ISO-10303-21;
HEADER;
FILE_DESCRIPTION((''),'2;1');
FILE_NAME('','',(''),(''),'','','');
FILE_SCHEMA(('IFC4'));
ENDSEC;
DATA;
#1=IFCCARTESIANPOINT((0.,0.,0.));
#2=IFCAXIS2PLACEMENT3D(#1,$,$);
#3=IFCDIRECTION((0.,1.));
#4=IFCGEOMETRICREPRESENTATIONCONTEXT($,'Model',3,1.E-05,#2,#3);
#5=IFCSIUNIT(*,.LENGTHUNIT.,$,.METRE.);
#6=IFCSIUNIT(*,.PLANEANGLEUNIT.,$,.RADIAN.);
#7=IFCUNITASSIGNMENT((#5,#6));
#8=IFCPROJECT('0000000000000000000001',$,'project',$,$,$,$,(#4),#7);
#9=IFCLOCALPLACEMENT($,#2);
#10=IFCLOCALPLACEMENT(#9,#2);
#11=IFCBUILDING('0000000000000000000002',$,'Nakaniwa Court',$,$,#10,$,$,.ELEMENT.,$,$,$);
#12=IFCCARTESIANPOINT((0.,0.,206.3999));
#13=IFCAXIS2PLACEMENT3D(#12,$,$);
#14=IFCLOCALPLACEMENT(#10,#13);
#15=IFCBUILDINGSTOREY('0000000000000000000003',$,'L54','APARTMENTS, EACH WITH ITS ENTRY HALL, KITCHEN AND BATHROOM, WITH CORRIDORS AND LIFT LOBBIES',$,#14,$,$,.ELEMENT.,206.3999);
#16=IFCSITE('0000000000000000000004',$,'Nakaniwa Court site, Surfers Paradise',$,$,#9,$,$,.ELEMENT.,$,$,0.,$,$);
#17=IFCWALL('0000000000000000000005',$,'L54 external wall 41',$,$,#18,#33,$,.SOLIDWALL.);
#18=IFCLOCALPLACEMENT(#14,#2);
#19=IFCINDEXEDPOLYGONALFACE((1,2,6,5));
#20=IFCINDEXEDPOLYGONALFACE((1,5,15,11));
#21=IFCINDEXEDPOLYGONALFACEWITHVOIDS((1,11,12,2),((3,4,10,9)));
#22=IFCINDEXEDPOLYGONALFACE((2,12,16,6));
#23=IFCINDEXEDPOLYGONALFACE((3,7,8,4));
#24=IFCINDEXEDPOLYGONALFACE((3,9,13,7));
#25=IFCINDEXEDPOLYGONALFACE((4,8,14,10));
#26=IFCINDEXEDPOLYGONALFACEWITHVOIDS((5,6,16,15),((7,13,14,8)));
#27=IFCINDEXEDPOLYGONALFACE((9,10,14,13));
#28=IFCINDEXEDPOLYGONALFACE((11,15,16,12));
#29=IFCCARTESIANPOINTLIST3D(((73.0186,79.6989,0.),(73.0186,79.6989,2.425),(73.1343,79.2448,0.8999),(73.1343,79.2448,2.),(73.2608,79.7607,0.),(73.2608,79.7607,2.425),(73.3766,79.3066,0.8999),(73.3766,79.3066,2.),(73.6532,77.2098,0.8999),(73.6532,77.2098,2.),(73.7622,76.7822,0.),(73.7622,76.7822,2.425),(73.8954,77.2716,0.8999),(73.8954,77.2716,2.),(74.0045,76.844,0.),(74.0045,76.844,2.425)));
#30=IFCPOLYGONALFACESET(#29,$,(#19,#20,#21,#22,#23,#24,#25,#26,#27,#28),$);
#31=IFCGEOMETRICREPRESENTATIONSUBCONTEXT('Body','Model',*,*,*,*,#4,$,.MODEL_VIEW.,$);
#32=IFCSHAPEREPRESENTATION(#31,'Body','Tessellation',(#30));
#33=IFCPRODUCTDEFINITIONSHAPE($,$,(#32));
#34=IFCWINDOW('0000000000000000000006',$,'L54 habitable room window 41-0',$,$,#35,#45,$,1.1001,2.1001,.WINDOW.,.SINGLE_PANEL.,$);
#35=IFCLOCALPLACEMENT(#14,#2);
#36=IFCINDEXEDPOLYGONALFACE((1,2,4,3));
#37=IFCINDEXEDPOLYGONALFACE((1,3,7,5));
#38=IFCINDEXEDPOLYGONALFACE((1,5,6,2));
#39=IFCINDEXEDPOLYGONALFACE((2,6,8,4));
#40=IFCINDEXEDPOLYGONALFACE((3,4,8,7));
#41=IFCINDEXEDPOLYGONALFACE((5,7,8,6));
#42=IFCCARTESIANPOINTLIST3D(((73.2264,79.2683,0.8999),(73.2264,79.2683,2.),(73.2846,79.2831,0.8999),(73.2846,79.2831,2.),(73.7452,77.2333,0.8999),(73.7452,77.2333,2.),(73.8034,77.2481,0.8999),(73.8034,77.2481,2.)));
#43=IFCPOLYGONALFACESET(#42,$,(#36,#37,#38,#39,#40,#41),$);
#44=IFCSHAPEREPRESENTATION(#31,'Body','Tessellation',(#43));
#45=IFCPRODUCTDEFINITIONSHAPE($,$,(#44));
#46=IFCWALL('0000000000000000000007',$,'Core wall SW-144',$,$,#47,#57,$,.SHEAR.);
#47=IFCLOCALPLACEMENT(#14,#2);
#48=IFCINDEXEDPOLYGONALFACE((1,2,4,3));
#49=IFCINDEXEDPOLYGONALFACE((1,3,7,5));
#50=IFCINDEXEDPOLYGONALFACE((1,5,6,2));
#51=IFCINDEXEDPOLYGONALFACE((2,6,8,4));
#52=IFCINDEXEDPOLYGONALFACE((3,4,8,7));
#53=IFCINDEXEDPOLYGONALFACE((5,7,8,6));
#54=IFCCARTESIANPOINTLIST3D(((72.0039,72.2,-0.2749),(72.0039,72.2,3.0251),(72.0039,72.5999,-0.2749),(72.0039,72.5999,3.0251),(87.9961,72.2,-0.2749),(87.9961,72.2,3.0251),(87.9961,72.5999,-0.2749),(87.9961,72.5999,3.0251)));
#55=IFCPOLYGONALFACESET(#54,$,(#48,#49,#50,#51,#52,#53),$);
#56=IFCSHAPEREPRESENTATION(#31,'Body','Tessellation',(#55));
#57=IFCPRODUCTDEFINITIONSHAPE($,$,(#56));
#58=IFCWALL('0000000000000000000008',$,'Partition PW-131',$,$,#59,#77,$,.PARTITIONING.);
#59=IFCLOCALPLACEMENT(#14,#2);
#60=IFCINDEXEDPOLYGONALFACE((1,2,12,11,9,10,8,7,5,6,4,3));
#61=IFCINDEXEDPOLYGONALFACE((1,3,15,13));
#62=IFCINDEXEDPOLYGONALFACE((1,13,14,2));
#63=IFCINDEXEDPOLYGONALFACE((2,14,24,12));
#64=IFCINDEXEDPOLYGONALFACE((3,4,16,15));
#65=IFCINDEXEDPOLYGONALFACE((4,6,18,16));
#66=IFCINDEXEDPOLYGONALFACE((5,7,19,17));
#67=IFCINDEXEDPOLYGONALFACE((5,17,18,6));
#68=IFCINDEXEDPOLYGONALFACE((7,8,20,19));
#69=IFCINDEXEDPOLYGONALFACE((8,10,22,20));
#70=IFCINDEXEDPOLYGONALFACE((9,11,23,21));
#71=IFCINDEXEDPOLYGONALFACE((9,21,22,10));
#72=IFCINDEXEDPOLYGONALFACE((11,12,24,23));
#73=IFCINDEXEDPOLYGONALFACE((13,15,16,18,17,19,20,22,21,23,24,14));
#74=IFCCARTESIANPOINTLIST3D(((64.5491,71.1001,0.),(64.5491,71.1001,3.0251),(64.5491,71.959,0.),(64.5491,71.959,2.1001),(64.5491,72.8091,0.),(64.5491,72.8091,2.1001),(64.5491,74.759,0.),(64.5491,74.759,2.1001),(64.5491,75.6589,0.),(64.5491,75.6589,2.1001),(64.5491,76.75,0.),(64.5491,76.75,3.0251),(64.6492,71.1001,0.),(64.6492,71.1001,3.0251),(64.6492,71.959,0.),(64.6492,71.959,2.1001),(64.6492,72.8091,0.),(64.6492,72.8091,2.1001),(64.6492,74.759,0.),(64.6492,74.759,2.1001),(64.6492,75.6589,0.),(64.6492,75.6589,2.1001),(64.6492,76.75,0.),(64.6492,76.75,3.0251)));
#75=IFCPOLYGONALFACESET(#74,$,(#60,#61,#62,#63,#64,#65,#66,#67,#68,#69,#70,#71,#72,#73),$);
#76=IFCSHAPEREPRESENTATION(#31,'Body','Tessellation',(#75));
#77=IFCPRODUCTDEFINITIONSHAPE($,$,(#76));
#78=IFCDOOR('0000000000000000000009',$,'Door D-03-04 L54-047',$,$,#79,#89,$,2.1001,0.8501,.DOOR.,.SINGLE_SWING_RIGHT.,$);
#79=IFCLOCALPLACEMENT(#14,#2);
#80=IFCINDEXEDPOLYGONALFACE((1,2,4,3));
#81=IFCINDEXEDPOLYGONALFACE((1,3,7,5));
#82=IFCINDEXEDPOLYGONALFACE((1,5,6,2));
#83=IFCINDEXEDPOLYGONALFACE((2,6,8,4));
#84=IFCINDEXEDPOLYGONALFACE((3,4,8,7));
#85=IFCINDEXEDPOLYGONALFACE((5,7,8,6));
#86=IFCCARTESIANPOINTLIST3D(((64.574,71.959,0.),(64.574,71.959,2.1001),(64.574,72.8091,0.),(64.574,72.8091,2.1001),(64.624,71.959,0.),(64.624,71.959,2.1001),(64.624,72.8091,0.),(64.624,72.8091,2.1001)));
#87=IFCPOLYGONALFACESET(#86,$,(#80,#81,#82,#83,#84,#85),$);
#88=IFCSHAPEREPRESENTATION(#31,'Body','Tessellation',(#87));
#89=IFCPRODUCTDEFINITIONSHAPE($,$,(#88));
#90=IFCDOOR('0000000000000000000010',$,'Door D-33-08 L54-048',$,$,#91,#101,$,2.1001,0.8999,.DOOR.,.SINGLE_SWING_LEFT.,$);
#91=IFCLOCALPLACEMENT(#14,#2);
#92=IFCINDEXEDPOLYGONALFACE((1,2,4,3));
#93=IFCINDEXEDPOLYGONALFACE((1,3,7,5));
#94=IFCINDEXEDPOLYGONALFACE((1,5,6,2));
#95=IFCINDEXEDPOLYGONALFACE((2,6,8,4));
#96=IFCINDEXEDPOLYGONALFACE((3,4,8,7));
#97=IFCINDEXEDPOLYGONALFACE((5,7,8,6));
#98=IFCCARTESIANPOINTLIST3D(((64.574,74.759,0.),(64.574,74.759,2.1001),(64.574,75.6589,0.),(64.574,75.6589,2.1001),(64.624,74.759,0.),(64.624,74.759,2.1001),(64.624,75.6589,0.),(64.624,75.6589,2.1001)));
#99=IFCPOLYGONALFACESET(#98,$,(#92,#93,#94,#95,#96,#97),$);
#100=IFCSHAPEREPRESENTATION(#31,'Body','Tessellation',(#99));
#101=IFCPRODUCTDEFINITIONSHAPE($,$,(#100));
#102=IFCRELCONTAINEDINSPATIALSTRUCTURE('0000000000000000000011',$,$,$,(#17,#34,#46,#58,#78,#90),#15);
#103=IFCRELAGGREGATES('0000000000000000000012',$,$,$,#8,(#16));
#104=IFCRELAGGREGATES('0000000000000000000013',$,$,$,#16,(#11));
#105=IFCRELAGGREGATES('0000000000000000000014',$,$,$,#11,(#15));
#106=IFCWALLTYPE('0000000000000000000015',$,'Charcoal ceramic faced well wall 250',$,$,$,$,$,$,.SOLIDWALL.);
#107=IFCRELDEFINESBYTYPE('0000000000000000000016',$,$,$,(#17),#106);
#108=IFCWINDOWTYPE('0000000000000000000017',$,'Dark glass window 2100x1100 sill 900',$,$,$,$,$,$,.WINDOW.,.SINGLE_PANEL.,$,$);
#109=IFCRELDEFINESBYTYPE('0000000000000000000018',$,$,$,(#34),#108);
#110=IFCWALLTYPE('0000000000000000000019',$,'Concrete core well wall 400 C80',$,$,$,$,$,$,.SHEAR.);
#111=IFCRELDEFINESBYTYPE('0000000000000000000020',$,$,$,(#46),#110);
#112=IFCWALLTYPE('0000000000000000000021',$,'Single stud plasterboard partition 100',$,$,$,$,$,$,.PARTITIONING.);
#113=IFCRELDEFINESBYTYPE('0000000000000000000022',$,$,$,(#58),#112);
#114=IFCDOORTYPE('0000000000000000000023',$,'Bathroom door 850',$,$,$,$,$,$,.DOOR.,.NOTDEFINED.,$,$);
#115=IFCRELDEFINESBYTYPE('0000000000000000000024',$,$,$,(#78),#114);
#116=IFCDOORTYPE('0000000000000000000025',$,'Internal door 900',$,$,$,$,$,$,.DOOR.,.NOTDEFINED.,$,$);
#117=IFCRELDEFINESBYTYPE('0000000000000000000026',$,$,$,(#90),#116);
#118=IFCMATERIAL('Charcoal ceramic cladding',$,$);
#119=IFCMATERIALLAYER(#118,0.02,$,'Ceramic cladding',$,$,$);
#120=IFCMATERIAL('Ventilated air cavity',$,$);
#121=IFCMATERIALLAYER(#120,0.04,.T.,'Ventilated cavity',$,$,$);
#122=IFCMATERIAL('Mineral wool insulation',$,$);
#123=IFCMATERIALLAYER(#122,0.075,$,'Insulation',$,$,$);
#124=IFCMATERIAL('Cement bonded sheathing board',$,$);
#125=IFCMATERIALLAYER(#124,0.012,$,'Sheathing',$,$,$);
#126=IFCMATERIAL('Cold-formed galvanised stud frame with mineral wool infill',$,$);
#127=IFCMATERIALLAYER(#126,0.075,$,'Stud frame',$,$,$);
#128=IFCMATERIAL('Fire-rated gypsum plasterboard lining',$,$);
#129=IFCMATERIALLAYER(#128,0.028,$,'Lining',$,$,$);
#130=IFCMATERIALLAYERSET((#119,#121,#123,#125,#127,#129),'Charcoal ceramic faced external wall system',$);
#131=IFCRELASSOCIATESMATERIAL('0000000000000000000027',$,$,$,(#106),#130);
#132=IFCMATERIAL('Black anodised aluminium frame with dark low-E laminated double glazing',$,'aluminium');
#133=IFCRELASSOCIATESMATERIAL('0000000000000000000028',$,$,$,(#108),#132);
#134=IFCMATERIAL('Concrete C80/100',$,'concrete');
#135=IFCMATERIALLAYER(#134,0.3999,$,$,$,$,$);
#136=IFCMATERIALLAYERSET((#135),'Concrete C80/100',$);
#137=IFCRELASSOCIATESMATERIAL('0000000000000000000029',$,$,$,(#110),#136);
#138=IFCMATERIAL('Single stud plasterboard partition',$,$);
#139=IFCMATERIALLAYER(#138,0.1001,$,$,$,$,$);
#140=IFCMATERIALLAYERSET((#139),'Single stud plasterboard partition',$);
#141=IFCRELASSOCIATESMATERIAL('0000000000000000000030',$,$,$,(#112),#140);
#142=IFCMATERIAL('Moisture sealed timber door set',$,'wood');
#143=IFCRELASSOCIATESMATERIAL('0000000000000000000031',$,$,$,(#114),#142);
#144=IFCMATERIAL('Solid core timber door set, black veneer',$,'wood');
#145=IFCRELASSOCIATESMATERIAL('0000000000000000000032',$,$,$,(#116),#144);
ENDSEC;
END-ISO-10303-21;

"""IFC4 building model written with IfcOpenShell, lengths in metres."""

from ifc_helpers import new_model, si_unit, direction, frame, frame_2d, origin, place, context, subcontext, project, spatial, rectangle, extrude, material, layer, layer_set, type_object, element, fill, save


model = new_model("IFC4")

# Units and contexts
model_context = context("Model", 3, precision=1e-05, world=origin(), true_north=direction((0.0, 1.0)))
body_context = subcontext(model_context, "Body", "Model", "MODEL_VIEW")
ifc_project = project(units=[si_unit("LENGTHUNIT", "METRE"), si_unit("PLANEANGLEUNIT", "RADIAN")], contexts=[model_context])

# Site, building, storey
site_placement = place(None, origin())
site = spatial("IfcSite", under=ifc_project, at=site_placement, Name="Nakaniwa Court site, Surfers Paradise", CompositionType="ELEMENT", RefElevation=0.0)
building_placement = place(site_placement, origin())
building = spatial("IfcBuilding", under=site, at=building_placement, Name="Nakaniwa Court", CompositionType="ELEMENT")
storey_placement = place(building_placement, frame((0.0, 0.0, 206.3999)))
storey = spatial("IfcBuildingStorey", under=building, at=storey_placement, Name="L54", Description="APARTMENTS, EACH WITH ITS ENTRY HALL, KITCHEN AND BATHROOM, WITH CORRIDORS AND LIFT LOBBIES", CompositionType="ELEMENT", Elevation=206.3999)

# Shared definitions
ifc_material_1 = material(Name="Concrete C80/100", Category="concrete")

# Shared definitions
ifc_material_2 = material(Name="Solid core timber door set, black veneer", Category="wood")

# Wall, opening, window
ifc_material_3 = material(Name="Charcoal ceramic cladding")
ifc_layer_1 = layer(ifc_material_3, 0.02, Name="Ceramic cladding")
ifc_material_4 = material(Name="Ventilated air cavity")
ifc_layer_2 = layer(ifc_material_4, 0.04, ventilated=True, Name="Ventilated cavity")
ifc_material_5 = material(Name="Mineral wool insulation")
ifc_layer_3 = layer(ifc_material_5, 0.075, Name="Insulation")
ifc_material_6 = material(Name="Cement bonded sheathing board")
ifc_layer_4 = layer(ifc_material_6, 0.012, Name="Sheathing")
ifc_material_7 = material(Name="Cold-formed galvanised stud frame with mineral wool infill")
ifc_layer_5 = layer(ifc_material_7, 0.075, Name="Stud frame")
ifc_material_8 = material(Name="Fire-rated gypsum plasterboard lining")
ifc_layer_6 = layer(ifc_material_8, 0.028, Name="Lining")
ifc_layer_set_1 = layer_set([ifc_layer_1, ifc_layer_2, ifc_layer_3, ifc_layer_4, ifc_layer_5, ifc_layer_6], Name="Charcoal ceramic faced external wall system")
wall_type_1 = type_object("IfcWallType", Name="Charcoal ceramic faced well wall 250", PredefinedType="SOLIDWALL", material=ifc_layer_set_1)
ifc_material_9 = material(Name="Black anodised aluminium frame with dark low-E laminated double glazing", Category="aluminium")
window_type = type_object("IfcWindowType", Name="Dark glass window 2100x1100 sill 900", PartitioningType="SINGLE_PANEL", PredefinedType="WINDOW", material=ifc_material_9)
wall_1_placement = place(storey_placement, frame((73.8833, 76.8132, 0.0), z_axis=(0.0, 0.0, 1.0), x_axis=(-0.247056, 0.969001, 0.0)))
wall_1 = element("IfcWall", 1, at=wall_1_placement, inside=storey, type_object=wall_type_1, Name="L54 external wall 41", PredefinedType="SOLIDWALL", context=body_context, shape_type="SweptSolid", body=[
    extrude(rectangle(XDim=3.01, YDim=0.25, at=frame_2d((1.5049, 0.0))), origin(), (0.0, 0.0, 1.0), 2.425),
])
opening_1_placement = place(wall_1_placement, frame((0.4412, 0.0, 0.8999)))
opening_1 = element("IfcOpeningElement", 2, at=opening_1_placement, cuts=wall_1, PredefinedType="OPENING", context=body_context, shape_type="SweptSolid", body=[
    extrude(rectangle(XDim=2.1001, YDim=1.1001, at=frame_2d((1.05, 0.55))), frame((0.0, 0.135, 0.0), z_axis=(0.0, -1.0, 0.0), x_axis=(1.0, 0.0, 0.0)), (0.0, 0.0, 1.0), 0.27),
])
window_1_placement = place(opening_1_placement, origin())
window_1 = element("IfcWindow", 3, at=window_1_placement, inside=storey, type_object=window_type, Name="L54 habitable room window 41-0", OverallHeight=1.1001, OverallWidth=2.1001, PartitioningType="SINGLE_PANEL", PredefinedType="WINDOW", context=body_context, shape_type="SweptSolid", body=[
    extrude(rectangle(XDim=2.1001, YDim=1.1001, at=frame_2d((1.05, 0.55))), frame((0.0, 0.03, 0.0), z_axis=(0.0, -1.0, 0.0), x_axis=(1.0, 0.0, 0.0)), (0.0, 0.0, 1.0), 0.0601),
])
fill(opening_1, window_1)

# Wall
ifc_layer_7 = layer(ifc_material_1, 0.3999)
ifc_layer_set_2 = layer_set([ifc_layer_7], Name="Concrete C80/100")
wall_type_2 = type_object("IfcWallType", Name="Concrete core well wall 400 C80", PredefinedType="SHEAR", material=ifc_layer_set_2)
wall_2_placement = place(storey_placement, frame((72.0039, 72.3999, -0.2749), z_axis=(0.0, 0.0, 1.0), x_axis=(1.0, 0.0, 0.0)))
element("IfcWall", 4, at=wall_2_placement, inside=storey, type_object=wall_type_2, Name="Core wall SW-144", PredefinedType="SHEAR", context=body_context, shape_type="SweptSolid", body=[
    extrude(rectangle(XDim=15.9922, YDim=0.3999, at=frame_2d((7.9961, 0.0))), origin(), (0.0, 0.0, 1.0), 3.3),
])

# Wall, openings, doors
ifc_material_10 = material(Name="Single stud plasterboard partition")
ifc_layer_8 = layer(ifc_material_10, 0.1001)
ifc_layer_set_3 = layer_set([ifc_layer_8], Name="Single stud plasterboard partition")
wall_type_3 = type_object("IfcWallType", Name="Single stud plasterboard partition 100", PredefinedType="PARTITIONING", material=ifc_layer_set_3)
wall_3_placement = place(storey_placement, frame((64.5991, 76.75, 0.0), z_axis=(0.0, 0.0, 1.0), x_axis=(0.0, -1.0, 0.0)))
wall_3 = element("IfcWall", 5, at=wall_3_placement, inside=storey, type_object=wall_type_3, Name="Partition PW-131", PredefinedType="PARTITIONING", context=body_context, shape_type="SweptSolid", body=[
    extrude(rectangle(XDim=5.6499, YDim=0.1001, at=frame_2d((2.825, 0.0))), origin(), (0.0, 0.0, 1.0), 3.0251),
])
opening_2_placement = place(wall_3_placement, frame((3.9409, 0.0, 0.0)))
opening_2 = element("IfcOpeningElement", 6, at=opening_2_placement, cuts=wall_3, PredefinedType="OPENING", context=body_context, shape_type="SweptSolid", body=[
    extrude(rectangle(XDim=0.8501, YDim=2.1001, at=frame_2d((0.425, 1.05))), frame((0.0, 0.0601, 0.0), z_axis=(0.0, -1.0, 0.0), x_axis=(1.0, 0.0, 0.0)), (0.0, 0.0, 1.0), 0.1201),
])
opening_3_placement = place(wall_3_placement, frame((1.0911, 0.0, 0.0)))
opening_3 = element("IfcOpeningElement", 7, at=opening_3_placement, cuts=wall_3, PredefinedType="OPENING", context=body_context, shape_type="SweptSolid", body=[
    extrude(rectangle(XDim=0.8999, YDim=2.1001, at=frame_2d((0.45, 1.05))), frame((0.0, 0.0601, 0.0), z_axis=(0.0, -1.0, 0.0), x_axis=(1.0, 0.0, 0.0)), (0.0, 0.0, 1.0), 0.1201),
])
ifc_material_11 = material(Name="Moisture sealed timber door set", Category="wood")
door_type_1 = type_object("IfcDoorType", Name="Bathroom door 850", OperationType="NOTDEFINED", PredefinedType="DOOR", material=ifc_material_11)
door_1_placement = place(opening_2_placement, origin())
door_1 = element("IfcDoor", 8, at=door_1_placement, inside=storey, type_object=door_type_1, Name="Door D-03-04 L54-047", OperationType="SINGLE_SWING_RIGHT", OverallHeight=2.1001, OverallWidth=0.8501, PredefinedType="DOOR", context=body_context, shape_type="SweptSolid", body=[
    extrude(rectangle(XDim=0.8501, YDim=2.1001, at=frame_2d((0.425, 1.05))), frame((0.0, 0.0249, 0.0), z_axis=(0.0, -1.0, 0.0), x_axis=(1.0, 0.0, 0.0)), (0.0, 0.0, 1.0), 0.05),
])
fill(opening_2, door_1)
door_type_2 = type_object("IfcDoorType", Name="Internal door 900", OperationType="NOTDEFINED", PredefinedType="DOOR", material=ifc_material_2)
door_2_placement = place(opening_3_placement, origin())
door_2 = element("IfcDoor", 9, at=door_2_placement, inside=storey, type_object=door_type_2, Name="Door D-33-08 L54-048", OperationType="SINGLE_SWING_LEFT", OverallHeight=2.1001, OverallWidth=0.8999, PredefinedType="DOOR", context=body_context, shape_type="SweptSolid", body=[
    extrude(rectangle(XDim=0.8999, YDim=2.1001, at=frame_2d((0.45, 1.05))), frame((0.0, 0.0249, 0.0), z_axis=(0.0, -1.0, 0.0), x_axis=(1.0, 0.0, 0.0)), (0.0, 0.0, 1.0), 0.05),
])
fill(opening_3, door_2)

save(model, "model.ifc")
